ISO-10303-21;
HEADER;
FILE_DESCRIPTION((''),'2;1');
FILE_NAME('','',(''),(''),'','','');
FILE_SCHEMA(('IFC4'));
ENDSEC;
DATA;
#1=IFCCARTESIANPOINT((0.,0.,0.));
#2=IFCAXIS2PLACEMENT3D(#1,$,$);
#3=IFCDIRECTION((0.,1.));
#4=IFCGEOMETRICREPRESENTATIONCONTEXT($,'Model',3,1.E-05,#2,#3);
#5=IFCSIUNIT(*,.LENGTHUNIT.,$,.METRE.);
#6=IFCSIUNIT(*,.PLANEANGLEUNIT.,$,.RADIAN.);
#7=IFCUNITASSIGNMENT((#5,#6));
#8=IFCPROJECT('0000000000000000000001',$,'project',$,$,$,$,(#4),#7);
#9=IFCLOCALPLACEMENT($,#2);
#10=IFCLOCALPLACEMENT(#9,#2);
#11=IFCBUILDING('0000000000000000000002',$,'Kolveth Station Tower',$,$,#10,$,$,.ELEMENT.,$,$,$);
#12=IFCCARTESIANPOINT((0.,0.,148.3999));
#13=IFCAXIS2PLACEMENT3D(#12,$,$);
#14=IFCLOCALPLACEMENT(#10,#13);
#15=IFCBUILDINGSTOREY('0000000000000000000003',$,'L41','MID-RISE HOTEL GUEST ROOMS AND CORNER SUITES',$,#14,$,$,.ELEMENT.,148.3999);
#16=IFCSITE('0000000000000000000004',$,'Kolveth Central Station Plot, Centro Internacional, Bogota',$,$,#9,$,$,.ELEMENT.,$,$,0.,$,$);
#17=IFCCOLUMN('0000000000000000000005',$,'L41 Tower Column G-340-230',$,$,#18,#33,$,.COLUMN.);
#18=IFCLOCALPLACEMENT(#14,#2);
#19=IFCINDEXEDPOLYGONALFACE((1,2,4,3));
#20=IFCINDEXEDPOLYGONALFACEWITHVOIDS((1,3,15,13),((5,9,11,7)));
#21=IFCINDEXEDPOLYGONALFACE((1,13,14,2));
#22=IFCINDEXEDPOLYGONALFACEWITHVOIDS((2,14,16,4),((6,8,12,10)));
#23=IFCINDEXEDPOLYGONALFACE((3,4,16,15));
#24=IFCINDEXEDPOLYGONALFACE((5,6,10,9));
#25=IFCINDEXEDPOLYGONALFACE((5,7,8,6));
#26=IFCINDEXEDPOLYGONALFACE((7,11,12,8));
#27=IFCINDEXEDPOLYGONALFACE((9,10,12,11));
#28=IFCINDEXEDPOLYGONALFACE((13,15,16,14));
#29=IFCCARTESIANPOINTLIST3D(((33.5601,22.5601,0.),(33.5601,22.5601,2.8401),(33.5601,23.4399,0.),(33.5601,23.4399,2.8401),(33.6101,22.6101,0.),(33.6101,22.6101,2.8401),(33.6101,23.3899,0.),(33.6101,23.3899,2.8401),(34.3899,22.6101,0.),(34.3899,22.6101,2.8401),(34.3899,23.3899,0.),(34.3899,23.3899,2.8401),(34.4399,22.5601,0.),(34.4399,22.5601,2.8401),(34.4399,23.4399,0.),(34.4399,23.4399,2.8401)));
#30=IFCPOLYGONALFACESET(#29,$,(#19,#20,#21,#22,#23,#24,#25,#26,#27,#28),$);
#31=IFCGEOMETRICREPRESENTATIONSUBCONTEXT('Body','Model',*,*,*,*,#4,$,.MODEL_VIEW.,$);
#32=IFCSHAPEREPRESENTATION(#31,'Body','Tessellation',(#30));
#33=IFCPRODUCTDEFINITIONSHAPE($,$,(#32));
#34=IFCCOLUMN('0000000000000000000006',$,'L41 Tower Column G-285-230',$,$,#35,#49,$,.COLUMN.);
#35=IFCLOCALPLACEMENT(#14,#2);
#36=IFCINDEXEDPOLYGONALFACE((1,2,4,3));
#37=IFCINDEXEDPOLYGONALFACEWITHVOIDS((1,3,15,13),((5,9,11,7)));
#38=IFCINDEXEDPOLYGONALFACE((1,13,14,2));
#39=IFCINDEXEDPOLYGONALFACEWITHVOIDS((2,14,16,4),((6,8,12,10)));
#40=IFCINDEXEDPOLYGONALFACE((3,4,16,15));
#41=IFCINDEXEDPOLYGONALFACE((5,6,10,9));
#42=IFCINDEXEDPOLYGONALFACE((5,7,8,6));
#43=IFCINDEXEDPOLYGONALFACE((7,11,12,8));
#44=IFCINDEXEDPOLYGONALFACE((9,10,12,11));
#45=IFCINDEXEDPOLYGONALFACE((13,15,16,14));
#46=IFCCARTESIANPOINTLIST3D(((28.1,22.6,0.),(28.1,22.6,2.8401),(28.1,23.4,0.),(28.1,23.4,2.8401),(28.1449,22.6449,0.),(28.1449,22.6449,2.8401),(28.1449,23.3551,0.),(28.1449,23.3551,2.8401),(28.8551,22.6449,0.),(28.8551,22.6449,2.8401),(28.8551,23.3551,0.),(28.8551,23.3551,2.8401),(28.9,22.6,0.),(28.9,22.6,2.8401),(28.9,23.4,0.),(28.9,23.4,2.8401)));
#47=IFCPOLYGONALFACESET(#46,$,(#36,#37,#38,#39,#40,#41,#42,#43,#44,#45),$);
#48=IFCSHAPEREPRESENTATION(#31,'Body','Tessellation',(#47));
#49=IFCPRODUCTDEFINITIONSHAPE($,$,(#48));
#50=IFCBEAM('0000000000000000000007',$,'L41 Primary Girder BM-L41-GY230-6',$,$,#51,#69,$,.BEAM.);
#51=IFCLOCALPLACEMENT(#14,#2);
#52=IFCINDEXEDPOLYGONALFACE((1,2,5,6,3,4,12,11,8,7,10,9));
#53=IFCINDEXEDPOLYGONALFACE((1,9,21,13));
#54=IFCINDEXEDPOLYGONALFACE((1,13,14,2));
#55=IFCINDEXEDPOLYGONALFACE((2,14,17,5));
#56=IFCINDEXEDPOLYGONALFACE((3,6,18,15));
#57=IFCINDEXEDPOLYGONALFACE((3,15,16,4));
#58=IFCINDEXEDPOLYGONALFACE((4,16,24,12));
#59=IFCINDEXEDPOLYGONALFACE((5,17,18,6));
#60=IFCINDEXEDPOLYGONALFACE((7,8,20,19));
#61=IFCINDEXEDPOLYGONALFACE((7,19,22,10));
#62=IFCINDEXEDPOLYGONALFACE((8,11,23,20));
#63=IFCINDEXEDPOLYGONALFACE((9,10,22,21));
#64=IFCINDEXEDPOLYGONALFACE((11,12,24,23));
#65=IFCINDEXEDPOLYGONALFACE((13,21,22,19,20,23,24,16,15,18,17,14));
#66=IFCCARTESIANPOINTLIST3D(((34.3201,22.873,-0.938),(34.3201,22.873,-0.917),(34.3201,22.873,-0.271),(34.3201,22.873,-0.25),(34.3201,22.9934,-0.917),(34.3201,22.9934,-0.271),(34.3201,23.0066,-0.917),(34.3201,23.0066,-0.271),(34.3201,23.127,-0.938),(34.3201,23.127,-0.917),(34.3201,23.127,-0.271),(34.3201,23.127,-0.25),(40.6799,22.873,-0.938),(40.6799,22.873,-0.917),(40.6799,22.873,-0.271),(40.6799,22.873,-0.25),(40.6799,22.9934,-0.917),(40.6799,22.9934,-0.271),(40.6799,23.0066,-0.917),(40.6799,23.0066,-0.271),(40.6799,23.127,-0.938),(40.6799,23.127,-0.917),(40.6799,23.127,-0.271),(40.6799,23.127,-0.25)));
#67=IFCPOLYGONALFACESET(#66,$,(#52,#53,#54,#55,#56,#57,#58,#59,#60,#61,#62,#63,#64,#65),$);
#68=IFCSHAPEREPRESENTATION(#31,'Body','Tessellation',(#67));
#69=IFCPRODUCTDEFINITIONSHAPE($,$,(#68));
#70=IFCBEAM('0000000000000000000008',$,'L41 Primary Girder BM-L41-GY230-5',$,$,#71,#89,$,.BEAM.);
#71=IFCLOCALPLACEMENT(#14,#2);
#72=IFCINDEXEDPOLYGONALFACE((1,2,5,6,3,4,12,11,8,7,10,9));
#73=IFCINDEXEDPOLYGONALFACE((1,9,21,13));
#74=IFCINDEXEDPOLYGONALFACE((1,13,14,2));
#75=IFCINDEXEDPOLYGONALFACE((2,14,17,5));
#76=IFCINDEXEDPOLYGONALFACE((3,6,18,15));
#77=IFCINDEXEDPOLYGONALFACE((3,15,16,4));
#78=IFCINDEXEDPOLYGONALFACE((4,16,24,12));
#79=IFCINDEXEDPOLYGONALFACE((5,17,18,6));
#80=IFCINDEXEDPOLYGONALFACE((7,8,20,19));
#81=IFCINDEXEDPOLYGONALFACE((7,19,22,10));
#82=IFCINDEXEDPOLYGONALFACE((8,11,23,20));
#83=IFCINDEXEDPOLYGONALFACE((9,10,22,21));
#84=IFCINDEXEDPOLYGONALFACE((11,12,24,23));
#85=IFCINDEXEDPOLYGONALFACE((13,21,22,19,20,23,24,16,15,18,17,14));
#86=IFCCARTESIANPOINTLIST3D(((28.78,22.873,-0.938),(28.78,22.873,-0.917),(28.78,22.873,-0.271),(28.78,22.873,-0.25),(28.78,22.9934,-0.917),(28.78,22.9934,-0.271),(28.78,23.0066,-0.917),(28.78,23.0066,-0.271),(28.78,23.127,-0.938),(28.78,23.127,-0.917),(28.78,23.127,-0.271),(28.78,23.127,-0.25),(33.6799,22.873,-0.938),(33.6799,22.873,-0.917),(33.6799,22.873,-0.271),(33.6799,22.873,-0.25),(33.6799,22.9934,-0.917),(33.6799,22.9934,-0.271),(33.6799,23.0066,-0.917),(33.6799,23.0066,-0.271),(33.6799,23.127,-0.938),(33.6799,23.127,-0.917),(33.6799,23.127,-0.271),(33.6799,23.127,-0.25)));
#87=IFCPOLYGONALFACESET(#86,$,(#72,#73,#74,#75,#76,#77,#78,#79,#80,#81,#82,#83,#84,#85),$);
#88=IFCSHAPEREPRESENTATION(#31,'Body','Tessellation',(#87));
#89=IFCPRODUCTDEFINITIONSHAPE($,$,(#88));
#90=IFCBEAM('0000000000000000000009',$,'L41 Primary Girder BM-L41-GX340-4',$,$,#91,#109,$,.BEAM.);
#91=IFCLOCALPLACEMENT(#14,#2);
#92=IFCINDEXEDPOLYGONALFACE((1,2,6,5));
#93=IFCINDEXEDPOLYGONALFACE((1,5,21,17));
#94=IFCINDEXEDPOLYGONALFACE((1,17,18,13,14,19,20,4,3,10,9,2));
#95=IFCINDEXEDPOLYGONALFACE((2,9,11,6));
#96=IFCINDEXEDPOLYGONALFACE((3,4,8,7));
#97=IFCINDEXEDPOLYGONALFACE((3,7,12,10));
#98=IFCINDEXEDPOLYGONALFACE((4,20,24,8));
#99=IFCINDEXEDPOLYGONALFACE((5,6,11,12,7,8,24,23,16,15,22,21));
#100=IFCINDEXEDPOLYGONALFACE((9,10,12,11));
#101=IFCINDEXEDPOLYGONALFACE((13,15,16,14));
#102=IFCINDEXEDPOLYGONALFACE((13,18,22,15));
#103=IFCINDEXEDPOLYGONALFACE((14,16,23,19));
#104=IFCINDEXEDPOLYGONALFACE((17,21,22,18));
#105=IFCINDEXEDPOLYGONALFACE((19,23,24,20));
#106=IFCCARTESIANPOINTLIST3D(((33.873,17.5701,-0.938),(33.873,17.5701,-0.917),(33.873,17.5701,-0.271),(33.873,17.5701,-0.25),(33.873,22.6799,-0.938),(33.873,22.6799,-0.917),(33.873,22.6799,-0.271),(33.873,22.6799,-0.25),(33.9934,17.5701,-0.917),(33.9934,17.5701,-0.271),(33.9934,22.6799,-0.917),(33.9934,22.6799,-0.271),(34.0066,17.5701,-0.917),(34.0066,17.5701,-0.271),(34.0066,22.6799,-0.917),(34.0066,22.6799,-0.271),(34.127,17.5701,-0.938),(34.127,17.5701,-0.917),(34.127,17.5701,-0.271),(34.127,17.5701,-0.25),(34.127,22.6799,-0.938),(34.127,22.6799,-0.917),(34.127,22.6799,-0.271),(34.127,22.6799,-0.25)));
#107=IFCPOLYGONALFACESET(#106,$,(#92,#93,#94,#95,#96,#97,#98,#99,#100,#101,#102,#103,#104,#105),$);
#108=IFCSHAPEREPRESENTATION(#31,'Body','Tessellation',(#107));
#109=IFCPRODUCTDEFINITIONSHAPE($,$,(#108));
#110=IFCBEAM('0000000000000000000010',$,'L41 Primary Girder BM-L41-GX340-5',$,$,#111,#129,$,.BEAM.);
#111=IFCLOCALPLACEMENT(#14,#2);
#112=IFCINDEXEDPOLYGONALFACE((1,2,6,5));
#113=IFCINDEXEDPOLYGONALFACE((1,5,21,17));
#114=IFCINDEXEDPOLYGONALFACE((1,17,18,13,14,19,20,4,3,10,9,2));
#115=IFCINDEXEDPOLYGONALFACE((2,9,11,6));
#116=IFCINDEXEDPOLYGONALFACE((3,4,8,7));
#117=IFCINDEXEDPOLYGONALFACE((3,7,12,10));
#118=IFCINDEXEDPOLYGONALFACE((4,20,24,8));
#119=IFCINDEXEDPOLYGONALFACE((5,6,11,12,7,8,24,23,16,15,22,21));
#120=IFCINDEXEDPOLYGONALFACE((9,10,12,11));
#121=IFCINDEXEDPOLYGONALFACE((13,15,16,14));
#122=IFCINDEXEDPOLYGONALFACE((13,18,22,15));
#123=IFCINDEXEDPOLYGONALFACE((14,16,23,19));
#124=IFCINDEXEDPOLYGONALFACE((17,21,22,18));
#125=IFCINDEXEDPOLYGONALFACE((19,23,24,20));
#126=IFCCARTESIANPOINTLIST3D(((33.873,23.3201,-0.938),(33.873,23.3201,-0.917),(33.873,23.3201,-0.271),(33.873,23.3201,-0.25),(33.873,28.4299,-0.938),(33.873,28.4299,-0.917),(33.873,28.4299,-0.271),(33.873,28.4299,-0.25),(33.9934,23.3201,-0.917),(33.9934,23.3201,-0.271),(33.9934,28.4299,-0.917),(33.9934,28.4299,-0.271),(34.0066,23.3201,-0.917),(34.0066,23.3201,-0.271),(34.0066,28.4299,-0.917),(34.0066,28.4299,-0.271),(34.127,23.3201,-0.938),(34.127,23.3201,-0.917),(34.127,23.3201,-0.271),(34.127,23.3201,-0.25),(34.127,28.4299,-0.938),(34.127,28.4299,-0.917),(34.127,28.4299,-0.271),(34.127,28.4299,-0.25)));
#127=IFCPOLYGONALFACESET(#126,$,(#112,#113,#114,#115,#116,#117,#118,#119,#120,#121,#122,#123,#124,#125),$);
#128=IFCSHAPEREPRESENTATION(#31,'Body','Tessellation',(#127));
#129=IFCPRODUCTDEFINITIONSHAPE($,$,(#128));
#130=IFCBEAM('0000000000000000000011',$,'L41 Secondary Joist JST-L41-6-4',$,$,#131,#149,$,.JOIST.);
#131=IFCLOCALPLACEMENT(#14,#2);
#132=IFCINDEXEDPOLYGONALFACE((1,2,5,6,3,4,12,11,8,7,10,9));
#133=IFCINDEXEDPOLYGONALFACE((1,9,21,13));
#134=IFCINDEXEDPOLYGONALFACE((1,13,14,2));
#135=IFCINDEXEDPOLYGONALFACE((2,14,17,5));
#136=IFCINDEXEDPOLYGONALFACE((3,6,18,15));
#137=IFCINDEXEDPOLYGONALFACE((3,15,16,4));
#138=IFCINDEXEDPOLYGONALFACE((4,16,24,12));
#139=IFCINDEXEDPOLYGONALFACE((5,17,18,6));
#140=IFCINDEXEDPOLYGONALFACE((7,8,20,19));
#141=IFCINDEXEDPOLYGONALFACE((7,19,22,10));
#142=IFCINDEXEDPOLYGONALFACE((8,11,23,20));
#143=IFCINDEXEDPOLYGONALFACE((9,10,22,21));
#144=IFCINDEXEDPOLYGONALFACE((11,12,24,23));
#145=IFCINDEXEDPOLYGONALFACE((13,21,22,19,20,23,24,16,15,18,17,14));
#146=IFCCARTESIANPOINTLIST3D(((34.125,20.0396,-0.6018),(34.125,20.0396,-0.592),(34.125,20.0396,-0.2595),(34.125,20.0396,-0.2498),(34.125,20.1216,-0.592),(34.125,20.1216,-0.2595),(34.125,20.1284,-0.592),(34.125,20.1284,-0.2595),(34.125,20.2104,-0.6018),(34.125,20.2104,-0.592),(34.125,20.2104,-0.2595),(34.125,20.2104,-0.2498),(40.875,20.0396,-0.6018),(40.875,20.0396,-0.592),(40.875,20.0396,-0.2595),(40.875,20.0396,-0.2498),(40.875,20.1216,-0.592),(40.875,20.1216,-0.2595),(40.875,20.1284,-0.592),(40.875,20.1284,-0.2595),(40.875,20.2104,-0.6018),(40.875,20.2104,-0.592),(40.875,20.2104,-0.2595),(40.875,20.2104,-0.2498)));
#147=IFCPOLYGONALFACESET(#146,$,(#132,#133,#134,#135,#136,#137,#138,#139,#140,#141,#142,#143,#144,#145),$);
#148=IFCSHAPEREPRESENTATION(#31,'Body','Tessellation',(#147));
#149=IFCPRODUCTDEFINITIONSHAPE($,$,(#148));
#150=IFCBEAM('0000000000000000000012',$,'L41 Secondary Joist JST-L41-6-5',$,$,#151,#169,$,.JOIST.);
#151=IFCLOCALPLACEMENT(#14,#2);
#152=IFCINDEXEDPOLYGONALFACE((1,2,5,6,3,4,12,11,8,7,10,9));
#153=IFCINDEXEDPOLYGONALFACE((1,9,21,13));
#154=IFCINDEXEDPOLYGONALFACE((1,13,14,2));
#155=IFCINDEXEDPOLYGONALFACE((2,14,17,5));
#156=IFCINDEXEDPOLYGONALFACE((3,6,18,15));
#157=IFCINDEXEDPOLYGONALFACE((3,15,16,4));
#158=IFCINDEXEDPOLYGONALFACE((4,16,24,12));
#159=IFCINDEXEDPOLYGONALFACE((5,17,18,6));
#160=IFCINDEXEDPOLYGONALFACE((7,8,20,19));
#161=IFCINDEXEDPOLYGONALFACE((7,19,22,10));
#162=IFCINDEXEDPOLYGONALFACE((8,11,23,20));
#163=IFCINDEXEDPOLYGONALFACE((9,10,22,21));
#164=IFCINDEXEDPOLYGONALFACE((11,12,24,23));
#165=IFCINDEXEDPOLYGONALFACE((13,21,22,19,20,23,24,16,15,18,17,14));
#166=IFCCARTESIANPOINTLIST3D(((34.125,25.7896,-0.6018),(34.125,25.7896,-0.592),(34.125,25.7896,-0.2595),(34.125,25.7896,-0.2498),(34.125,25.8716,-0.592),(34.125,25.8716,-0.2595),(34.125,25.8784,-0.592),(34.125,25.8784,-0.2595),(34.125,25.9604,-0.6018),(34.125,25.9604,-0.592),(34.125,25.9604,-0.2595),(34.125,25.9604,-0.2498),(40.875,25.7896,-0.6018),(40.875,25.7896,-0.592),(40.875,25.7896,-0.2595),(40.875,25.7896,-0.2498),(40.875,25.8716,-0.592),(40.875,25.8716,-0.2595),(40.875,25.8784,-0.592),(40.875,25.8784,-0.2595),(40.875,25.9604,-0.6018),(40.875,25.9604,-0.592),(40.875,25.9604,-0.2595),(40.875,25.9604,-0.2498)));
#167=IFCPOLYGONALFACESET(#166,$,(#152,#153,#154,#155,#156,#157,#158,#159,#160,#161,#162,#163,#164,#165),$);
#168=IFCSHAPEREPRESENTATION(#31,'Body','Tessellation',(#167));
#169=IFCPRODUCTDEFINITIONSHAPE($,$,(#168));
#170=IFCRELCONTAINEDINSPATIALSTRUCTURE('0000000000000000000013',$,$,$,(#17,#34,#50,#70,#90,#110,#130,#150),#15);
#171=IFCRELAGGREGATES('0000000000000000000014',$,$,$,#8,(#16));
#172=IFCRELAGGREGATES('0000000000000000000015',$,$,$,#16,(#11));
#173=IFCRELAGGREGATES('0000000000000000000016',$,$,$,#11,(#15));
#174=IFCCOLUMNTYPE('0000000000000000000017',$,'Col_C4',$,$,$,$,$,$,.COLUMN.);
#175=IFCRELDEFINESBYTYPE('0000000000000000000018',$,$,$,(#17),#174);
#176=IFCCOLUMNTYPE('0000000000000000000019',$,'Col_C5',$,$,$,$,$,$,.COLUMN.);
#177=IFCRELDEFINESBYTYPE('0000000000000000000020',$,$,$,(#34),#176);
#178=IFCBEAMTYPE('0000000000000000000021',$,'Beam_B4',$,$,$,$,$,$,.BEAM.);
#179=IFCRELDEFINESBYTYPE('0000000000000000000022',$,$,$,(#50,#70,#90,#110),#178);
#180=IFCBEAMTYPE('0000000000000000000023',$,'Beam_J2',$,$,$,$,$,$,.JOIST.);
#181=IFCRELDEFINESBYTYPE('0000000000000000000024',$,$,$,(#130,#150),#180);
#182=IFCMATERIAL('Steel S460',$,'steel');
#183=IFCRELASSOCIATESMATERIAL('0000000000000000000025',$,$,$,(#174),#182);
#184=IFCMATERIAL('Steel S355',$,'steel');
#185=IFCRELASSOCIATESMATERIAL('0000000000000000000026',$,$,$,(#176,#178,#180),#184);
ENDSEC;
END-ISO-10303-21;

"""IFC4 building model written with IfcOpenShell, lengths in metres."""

from ifc_helpers import new_model, si_unit, direction, frame, origin, origin_2d, place, context, subcontext, project, spatial, hollow_rectangle, i_section, extrude, source, transform, mapped, material, material_profile, profile_set, type_object, element, save


model = new_model("IFC4")

# Units and contexts
model_context = context("Model", 3, precision=1e-05, world=origin(), true_north=direction((0.0, 1.0)))
body_context = subcontext(model_context, "Body", "Model", "MODEL_VIEW")
ifc_project = project(units=[si_unit("LENGTHUNIT", "METRE"), si_unit("PLANEANGLEUNIT", "RADIAN")], contexts=[model_context])

# Site, building, storey
site_placement = place(None, origin())
site = spatial("IfcSite", under=ifc_project, at=site_placement, Name="Kolveth Central Station Plot, Centro Internacional, Bogota", CompositionType="ELEMENT", RefElevation=0.0)
building_placement = place(site_placement, origin())
building = spatial("IfcBuilding", under=site, at=building_placement, Name="Kolveth Station Tower", CompositionType="ELEMENT")
storey_placement = place(building_placement, frame((0.0, 0.0, 148.3999)))
storey = spatial("IfcBuildingStorey", under=building, at=storey_placement, Name="L41", Description="MID-RISE HOTEL GUEST ROOMS AND CORNER SUITES", CompositionType="ELEMENT", Elevation=148.3999)

# Columns
ifc_material_1 = material(Name="Steel S460", Category="steel")
ifc_material_profile_1 = material_profile(ifc_material_1, hollow_rectangle(XDim=0.8799, YDim=0.8799, WallThickness=0.05, at=origin_2d()), Name="BOX880x880x50")
ifc_profile_set_1 = profile_set([ifc_material_profile_1], Name="Steel S460")
column_type_1 = type_object("IfcColumnType", Name="Col_C4", PredefinedType="COLUMN", material=ifc_profile_set_1)
shared_shape_1 = source(origin(), body_context, "Body", "SweptSolid", [
    extrude(hollow_rectangle(XDim=0.8799, YDim=0.8799, WallThickness=0.05, at=origin_2d()), origin(), (0.0, 0.0, 1.0), 2.8401),
])
column_1_placement = place(storey_placement, frame((34.0, 23.0, 0.0), z_axis=(0.0, 0.0, 1.0), x_axis=(1.0, 0.0, 0.0)))
element("IfcColumn", 1, at=column_1_placement, inside=storey, type_object=column_type_1, Name="L41 Tower Column G-340-230", PredefinedType="COLUMN", context=body_context, shape_type="MappedRepresentation", body=[
    mapped(shared_shape_1, transform((0.0, 0.0, 0.0), x_axis=(1.0, 0.0, 0.0), y_axis=(0.0, 1.0, 0.0), z_axis=(0.0, 0.0, 1.0), scale=1.0)),
])
ifc_material_2 = material(Name="Steel S355", Category="steel")
ifc_material_profile_2 = material_profile(ifc_material_2, hollow_rectangle(XDim=0.8, YDim=0.8, WallThickness=0.0449, at=origin_2d()), Name="BOX800x800x45")
ifc_profile_set_2 = profile_set([ifc_material_profile_2], Name="Steel S355")
column_type_2 = type_object("IfcColumnType", Name="Col_C5", PredefinedType="COLUMN", material=ifc_profile_set_2)
shared_shape_2 = source(origin(), body_context, "Body", "SweptSolid", [
    extrude(hollow_rectangle(XDim=0.8, YDim=0.8, WallThickness=0.0449, at=origin_2d()), origin(), (0.0, 0.0, 1.0), 2.8401),
])
column_2_placement = place(storey_placement, frame((28.5, 23.0, 0.0), z_axis=(0.0, 0.0, 1.0), x_axis=(1.0, 0.0, 0.0)))
element("IfcColumn", 2, at=column_2_placement, inside=storey, type_object=column_type_2, Name="L41 Tower Column G-285-230", PredefinedType="COLUMN", context=body_context, shape_type="MappedRepresentation", body=[
    mapped(shared_shape_2, transform((0.0, 0.0, 0.0), x_axis=(1.0, 0.0, 0.0), y_axis=(0.0, 1.0, 0.0), z_axis=(0.0, 0.0, 1.0), scale=1.0)),
])

# Beams
ifc_material_profile_3 = material_profile(ifc_material_2, i_section(OverallWidth=0.2539, OverallDepth=0.688, WebThickness=0.0132, FlangeThickness=0.021, at=origin_2d()), Name="W690x152")
ifc_profile_set_3 = profile_set([ifc_material_profile_3], Name="Steel S355")
beam_type_1 = type_object("IfcBeamType", Name="Beam_B4", PredefinedType="BEAM", material=ifc_profile_set_3)
shared_shape_3 = source(origin(), body_context, "Body", "SweptSolid", [
    extrude(i_section(OverallWidth=0.2539, OverallDepth=0.688, WebThickness=0.0132, FlangeThickness=0.021, at=origin_2d()), origin(), (0.0, 0.0, 1.0), 6.3599),
])
beam_1_placement = place(storey_placement, frame((34.3201, 23.0, -0.594), z_axis=(1.0, 0.0, 0.0), x_axis=(0.0, 1.0, 0.0)))
element("IfcBeam", 3, at=beam_1_placement, inside=storey, type_object=beam_type_1, Name="L41 Primary Girder BM-L41-GY230-6", PredefinedType="BEAM", context=body_context, shape_type="MappedRepresentation", body=[
    mapped(shared_shape_3, transform((0.0, 0.0, 0.0), x_axis=(1.0, 0.0, 0.0), y_axis=(0.0, 1.0, 0.0), z_axis=(0.0, 0.0, 1.0), scale=1.0)),
])
shared_shape_4 = source(origin(), body_context, "Body", "SweptSolid", [
    extrude(i_section(OverallWidth=0.2539, OverallDepth=0.688, WebThickness=0.0132, FlangeThickness=0.021, at=origin_2d()), origin(), (0.0, 0.0, 1.0), 4.8999),
])
beam_2_placement = place(storey_placement, frame((28.78, 23.0, -0.594), z_axis=(1.0, 0.0, 0.0), x_axis=(0.0, 1.0, 0.0)))
element("IfcBeam", 4, at=beam_2_placement, inside=storey, type_object=beam_type_1, Name="L41 Primary Girder BM-L41-GY230-5", PredefinedType="BEAM", context=body_context, shape_type="MappedRepresentation", body=[
    mapped(shared_shape_4, transform((0.0, 0.0, 0.0), x_axis=(1.0, 0.0, 0.0), y_axis=(0.0, 1.0, 0.0), z_axis=(0.0, 0.0, 1.0), scale=1.0)),
])
shared_shape_5 = source(origin(), body_context, "Body", "SweptSolid", [
    extrude(i_section(OverallWidth=0.2539, OverallDepth=0.688, WebThickness=0.0132, FlangeThickness=0.021, at=origin_2d()), origin(), (0.0, 0.0, 1.0), 5.1099),
])
for number, where, z_axis, x_axis, name in (
    (5, (34.0, 17.5701, -0.594), (0.0, 1.0, 0.0), (-1.0, 0.0, 0.0), "L41 Primary Girder BM-L41-GX340-4"),
    (6, (34.0, 23.3201, -0.594), (0.0, 1.0, 0.0), (-1.0, 0.0, 0.0), "L41 Primary Girder BM-L41-GX340-5"),
):
    element("IfcBeam", number, at=place(storey_placement, frame(where, z_axis=z_axis, x_axis=x_axis)), inside=storey, type_object=beam_type_1, Name=name, PredefinedType="BEAM", context=body_context, shape_type="MappedRepresentation", body=[
        mapped(shared_shape_5, transform((0.0, 0.0, 0.0), x_axis=(1.0, 0.0, 0.0), y_axis=(0.0, 1.0, 0.0), z_axis=(0.0, 0.0, 1.0), scale=1.0)),
    ])
ifc_material_profile_4 = material_profile(ifc_material_2, i_section(OverallWidth=0.1709, OverallDepth=0.3521, WebThickness=0.0068, FlangeThickness=0.0098, at=origin_2d()), Name="W360x44")
ifc_profile_set_4 = profile_set([ifc_material_profile_4], Name="Steel S355")
beam_type_2 = type_object("IfcBeamType", Name="Beam_J2", PredefinedType="JOIST", material=ifc_profile_set_4)
shared_shape_6 = source(origin(), body_context, "Body", "SweptSolid", [
    extrude(i_section(OverallWidth=0.1709, OverallDepth=0.3521, WebThickness=0.0068, FlangeThickness=0.0098, at=origin_2d()), origin(), (0.0, 0.0, 1.0), 6.75),
])
for number, where, z_axis, x_axis, name in (
    (7, (34.125, 20.125, -0.4258), (1.0, 0.0, 0.0), (0.0, 1.0, 0.0), "L41 Secondary Joist JST-L41-6-4"),
    (8, (34.125, 25.875, -0.4258), (1.0, 0.0, 0.0), (0.0, 1.0, 0.0), "L41 Secondary Joist JST-L41-6-5"),
):
    element("IfcBeam", number, at=place(storey_placement, frame(where, z_axis=z_axis, x_axis=x_axis)), inside=storey, type_object=beam_type_2, Name=name, PredefinedType="JOIST", context=body_context, shape_type="MappedRepresentation", body=[
        mapped(shared_shape_6, transform((0.0, 0.0, 0.0), x_axis=(1.0, 0.0, 0.0), y_axis=(0.0, 1.0, 0.0), z_axis=(0.0, 0.0, 1.0), scale=1.0)),
    ])

save(model, "model.ifc")
